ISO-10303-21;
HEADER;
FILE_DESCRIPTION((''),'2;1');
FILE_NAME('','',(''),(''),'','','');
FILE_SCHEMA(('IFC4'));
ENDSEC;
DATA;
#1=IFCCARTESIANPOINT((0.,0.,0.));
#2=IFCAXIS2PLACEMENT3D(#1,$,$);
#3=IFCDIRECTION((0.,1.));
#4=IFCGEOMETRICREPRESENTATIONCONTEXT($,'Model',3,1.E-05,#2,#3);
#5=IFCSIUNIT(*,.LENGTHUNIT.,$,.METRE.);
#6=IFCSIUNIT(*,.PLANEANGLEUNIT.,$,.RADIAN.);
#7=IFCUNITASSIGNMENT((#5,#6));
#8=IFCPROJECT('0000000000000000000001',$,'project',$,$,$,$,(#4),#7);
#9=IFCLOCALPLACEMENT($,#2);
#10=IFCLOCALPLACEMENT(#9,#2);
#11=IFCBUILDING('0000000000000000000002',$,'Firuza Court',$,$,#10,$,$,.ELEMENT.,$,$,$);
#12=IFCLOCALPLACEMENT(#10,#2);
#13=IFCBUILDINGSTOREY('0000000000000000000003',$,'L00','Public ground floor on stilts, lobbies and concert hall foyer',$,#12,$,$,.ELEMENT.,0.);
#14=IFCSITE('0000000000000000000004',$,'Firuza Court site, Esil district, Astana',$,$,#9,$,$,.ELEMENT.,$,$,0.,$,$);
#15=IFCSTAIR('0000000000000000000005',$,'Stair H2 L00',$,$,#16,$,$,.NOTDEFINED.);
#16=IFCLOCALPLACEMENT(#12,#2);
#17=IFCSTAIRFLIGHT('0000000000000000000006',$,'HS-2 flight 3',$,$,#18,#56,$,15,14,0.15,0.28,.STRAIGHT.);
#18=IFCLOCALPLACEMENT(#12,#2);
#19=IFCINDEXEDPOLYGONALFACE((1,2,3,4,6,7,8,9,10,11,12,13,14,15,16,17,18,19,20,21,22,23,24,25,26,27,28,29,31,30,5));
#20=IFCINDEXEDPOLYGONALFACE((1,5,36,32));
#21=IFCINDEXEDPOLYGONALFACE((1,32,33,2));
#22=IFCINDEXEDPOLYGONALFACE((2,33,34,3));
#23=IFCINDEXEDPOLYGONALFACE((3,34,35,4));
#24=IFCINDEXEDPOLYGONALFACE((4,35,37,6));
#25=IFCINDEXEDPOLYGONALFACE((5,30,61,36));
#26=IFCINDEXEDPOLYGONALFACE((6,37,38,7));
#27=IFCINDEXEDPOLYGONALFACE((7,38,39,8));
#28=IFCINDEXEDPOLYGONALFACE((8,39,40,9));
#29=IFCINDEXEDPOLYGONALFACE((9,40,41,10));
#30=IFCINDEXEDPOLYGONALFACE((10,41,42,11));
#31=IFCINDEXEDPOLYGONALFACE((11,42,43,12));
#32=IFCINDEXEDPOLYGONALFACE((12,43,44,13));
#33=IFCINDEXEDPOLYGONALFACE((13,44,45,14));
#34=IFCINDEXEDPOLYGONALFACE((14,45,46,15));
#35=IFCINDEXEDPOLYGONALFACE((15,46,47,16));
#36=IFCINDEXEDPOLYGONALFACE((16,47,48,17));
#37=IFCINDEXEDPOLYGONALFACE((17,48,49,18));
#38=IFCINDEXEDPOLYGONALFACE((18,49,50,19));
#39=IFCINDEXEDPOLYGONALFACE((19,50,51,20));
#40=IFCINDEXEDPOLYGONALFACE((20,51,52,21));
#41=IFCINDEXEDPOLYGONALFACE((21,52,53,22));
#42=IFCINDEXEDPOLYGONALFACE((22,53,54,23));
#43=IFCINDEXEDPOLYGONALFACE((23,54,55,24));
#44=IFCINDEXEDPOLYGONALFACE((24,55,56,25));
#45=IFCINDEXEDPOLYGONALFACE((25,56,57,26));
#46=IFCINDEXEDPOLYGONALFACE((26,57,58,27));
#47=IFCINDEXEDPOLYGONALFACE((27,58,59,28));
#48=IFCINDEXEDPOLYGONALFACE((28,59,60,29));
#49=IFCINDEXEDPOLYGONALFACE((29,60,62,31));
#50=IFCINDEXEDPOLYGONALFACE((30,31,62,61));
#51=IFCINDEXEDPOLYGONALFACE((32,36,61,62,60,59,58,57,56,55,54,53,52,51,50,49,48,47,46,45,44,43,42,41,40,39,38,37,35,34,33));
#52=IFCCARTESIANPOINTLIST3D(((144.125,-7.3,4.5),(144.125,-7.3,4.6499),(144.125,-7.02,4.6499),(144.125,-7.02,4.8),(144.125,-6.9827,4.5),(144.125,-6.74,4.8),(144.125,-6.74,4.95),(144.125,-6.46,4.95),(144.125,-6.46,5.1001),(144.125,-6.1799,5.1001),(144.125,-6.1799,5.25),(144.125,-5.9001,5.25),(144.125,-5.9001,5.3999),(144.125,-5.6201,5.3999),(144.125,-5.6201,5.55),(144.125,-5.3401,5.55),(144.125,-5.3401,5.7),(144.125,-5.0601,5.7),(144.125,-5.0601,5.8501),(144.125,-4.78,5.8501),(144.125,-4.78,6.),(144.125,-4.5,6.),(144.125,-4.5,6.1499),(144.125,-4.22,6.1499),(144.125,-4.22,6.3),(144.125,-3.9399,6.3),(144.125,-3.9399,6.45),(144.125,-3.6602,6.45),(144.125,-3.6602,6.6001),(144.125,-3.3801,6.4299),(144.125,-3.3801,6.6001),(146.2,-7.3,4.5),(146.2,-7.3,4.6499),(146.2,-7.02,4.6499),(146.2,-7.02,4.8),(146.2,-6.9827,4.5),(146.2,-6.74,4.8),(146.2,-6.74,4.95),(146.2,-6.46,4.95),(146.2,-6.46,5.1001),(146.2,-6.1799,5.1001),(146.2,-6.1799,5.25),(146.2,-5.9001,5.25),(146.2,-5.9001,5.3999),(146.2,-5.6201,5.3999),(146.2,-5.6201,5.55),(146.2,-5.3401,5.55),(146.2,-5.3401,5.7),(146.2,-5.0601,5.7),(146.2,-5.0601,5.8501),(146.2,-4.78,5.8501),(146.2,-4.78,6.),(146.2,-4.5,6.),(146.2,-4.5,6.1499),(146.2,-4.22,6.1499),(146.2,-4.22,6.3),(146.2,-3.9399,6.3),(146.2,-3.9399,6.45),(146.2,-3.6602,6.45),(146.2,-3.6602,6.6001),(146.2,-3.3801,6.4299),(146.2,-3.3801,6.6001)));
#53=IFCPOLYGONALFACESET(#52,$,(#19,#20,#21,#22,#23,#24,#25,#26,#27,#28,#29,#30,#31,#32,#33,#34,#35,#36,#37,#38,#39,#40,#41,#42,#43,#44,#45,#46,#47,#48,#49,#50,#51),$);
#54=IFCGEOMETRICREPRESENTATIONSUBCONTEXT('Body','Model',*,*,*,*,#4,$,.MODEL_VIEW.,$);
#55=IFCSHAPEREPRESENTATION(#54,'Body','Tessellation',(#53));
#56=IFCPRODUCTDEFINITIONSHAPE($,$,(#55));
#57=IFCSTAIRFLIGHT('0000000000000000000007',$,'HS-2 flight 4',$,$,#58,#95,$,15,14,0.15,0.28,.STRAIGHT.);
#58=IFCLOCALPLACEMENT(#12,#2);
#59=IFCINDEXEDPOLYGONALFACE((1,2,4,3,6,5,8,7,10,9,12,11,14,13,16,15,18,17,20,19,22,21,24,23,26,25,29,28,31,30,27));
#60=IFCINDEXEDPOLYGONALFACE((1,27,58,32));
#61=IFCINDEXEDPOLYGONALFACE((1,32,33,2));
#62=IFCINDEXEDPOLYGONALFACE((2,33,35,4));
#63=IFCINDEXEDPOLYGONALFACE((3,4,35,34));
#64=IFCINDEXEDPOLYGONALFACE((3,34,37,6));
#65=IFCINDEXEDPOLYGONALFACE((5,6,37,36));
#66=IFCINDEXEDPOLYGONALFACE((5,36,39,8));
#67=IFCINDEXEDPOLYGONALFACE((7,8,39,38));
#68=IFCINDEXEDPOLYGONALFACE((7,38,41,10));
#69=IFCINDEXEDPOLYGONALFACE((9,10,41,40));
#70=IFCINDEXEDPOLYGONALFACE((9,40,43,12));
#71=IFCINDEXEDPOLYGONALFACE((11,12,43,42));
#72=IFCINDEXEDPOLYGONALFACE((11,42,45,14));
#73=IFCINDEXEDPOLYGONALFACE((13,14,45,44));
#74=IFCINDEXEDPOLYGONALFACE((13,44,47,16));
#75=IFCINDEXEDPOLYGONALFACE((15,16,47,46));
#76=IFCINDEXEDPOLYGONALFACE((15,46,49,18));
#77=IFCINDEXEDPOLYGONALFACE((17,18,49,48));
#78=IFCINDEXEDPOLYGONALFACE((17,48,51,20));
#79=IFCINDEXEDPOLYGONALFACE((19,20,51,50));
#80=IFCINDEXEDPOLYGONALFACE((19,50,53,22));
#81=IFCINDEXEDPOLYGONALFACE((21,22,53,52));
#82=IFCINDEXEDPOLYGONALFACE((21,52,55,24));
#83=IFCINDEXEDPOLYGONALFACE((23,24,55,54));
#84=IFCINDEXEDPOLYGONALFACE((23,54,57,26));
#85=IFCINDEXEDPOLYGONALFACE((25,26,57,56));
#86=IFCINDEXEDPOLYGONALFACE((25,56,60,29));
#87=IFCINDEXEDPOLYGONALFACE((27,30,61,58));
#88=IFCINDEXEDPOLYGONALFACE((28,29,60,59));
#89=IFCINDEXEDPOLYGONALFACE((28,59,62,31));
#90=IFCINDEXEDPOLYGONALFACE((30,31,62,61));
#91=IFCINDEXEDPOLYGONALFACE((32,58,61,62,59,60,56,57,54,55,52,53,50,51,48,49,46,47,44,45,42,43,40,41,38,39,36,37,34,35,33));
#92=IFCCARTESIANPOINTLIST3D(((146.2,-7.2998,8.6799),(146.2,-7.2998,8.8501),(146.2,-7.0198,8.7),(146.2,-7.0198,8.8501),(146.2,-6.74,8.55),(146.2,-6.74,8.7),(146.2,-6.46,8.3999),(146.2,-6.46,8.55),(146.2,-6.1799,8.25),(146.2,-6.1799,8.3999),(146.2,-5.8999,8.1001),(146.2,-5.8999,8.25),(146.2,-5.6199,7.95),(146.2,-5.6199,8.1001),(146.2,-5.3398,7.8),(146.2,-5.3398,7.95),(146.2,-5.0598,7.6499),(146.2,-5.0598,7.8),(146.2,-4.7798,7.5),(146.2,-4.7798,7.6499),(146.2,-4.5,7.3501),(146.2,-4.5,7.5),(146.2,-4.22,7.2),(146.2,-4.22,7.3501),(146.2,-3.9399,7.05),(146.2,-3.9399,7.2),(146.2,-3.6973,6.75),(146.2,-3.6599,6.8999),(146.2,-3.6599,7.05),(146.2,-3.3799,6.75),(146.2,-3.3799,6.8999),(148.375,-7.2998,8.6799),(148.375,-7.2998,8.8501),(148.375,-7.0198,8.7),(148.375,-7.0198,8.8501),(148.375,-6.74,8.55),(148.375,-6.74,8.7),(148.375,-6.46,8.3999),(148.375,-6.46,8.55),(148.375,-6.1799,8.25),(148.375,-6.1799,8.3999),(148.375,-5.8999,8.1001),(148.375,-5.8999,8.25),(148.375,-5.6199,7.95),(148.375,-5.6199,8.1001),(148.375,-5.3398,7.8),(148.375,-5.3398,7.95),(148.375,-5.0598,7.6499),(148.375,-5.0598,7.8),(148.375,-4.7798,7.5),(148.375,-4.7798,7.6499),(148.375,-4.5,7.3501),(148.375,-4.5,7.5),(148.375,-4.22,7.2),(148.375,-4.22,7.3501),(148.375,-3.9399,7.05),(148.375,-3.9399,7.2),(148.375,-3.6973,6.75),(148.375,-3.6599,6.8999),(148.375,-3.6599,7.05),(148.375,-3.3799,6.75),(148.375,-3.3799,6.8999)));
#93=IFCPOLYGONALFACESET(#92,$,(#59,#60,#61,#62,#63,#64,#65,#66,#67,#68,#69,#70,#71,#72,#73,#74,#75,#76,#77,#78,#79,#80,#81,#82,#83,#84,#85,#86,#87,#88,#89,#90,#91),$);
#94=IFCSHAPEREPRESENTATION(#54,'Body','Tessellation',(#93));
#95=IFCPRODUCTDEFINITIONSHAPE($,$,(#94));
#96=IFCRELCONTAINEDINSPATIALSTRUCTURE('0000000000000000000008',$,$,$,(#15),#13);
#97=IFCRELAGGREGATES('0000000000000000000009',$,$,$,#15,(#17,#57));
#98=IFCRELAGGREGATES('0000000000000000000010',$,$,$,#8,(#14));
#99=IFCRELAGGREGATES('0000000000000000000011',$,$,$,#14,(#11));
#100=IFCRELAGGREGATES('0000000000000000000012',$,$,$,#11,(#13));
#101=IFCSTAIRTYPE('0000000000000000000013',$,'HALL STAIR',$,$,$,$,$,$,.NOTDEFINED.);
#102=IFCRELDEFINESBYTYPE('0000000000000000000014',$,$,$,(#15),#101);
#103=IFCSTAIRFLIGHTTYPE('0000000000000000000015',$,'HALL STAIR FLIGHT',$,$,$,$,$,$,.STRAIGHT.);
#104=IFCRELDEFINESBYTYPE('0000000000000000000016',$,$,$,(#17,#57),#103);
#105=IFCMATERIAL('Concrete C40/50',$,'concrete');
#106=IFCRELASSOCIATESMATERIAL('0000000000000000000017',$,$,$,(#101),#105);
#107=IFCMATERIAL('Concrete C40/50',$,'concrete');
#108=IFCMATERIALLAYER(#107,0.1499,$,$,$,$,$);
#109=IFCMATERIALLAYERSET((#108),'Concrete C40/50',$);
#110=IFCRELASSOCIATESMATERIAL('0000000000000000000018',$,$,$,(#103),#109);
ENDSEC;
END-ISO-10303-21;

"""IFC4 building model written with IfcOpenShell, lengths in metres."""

from ifc_helpers import new_model, si_unit, direction, frame, origin, place, context, subcontext, project, spatial, polyline, outline, extrude, material, layer, layer_set, type_object, element, aggregate, save


model = new_model("IFC4")

# Units and contexts
model_context = context("Model", 3, precision=1e-05, world=origin(), true_north=direction((0.0, 1.0)))
body_context = subcontext(model_context, "Body", "Model", "MODEL_VIEW")
ifc_project = project(units=[si_unit("LENGTHUNIT", "METRE"), si_unit("PLANEANGLEUNIT", "RADIAN")], contexts=[model_context])

# Site, building, storey
site_placement = place(None, origin())
site = spatial("IfcSite", under=ifc_project, at=site_placement, Name="Firuza Court site, Esil district, Astana", CompositionType="ELEMENT", RefElevation=0.0)
building_placement = place(site_placement, origin())
building = spatial("IfcBuilding", under=site, at=building_placement, Name="Firuza Court", CompositionType="ELEMENT")
storey_placement = place(building_placement, origin())
storey = spatial("IfcBuildingStorey", under=building, at=storey_placement, Name="L00", Description="Public ground floor on stilts, lobbies and concert hall foyer", CompositionType="ELEMENT", Elevation=0.0)

# Shared definitions
ifc_material_1 = material(Name="Concrete C40/50", Category="concrete")

# Stair, stair flights
ifc_material_2 = material(Name="Concrete C40/50", Category="concrete")
stair_type = type_object("IfcStairType", Name="HALL STAIR", PredefinedType="NOTDEFINED", material=ifc_material_2)
stair_placement = place(storey_placement, origin())
stair = element("IfcStair", 1, at=stair_placement, inside=storey, type_object=stair_type, Name="Stair H2 L00", PredefinedType="NOTDEFINED")
ifc_layer_1 = layer(ifc_material_1, 0.1499)
ifc_layer_set_1 = layer_set([ifc_layer_1], Name="Concrete C40/50")
stair_flight_type = type_object("IfcStairFlightType", Name="HALL STAIR FLIGHT", PredefinedType="STRAIGHT", material=ifc_layer_set_1)
stair_flight_1_placement = place(storey_placement, frame((145.1626, -7.3, 4.5), z_axis=(0.0, 0.0, 1.0), x_axis=(0.0, 1.0, 0.0)))
stair_flight_1 = element("IfcStairFlight", 2, at=stair_flight_1_placement, type_object=stair_flight_type, Name="HS-2 flight 3", NumberOfRisers=15, NumberOfTreads=14, PredefinedType="STRAIGHT", RiserHeight=0.15, TreadLength=0.28, context=body_context, shape_type="SweptSolid", body=[
    extrude(outline(polyline([(0.0, 0.0), (0.0, 0.1499), (0.28, 0.1499), (0.28, 0.3), (0.5601, 0.3), (0.5601, 0.45), (0.8401, 0.45), (0.8401, 0.6001), (1.1201, 0.6001), (1.1201, 0.75), (1.3999, 0.75), (1.3999, 0.8999), (1.6799, 0.8999), (1.6799, 1.05), (1.96, 1.05), (1.96, 1.2), (2.24, 1.2), (2.24, 1.3501), (2.52, 1.3501), (2.52, 1.5), (2.8, 1.5), (2.8, 1.6499), (3.0801, 1.6499), (3.0801, 1.8), (3.3601, 1.8), (3.3601, 1.95), (3.6399, 1.95), (3.6399, 2.1001), (3.9199, 2.1001), (3.9199, 2.25), (3.9199, 1.9299), (0.3174, 0.0), (0.0, 0.0)])), frame((0.0, 1.0376, 0.0), z_axis=(0.0, -1.0, 0.0), x_axis=(1.0, 0.0, 0.0)), (0.0, 0.0, 1.0), 2.075),
])
stair_flight_2_placement = place(storey_placement, frame((147.2876, -3.3799, 6.75), z_axis=(0.0, 0.0, 1.0), x_axis=(0.0, -1.0, 0.0)))
stair_flight_2 = element("IfcStairFlight", 3, at=stair_flight_2_placement, type_object=stair_flight_type, Name="HS-2 flight 4", NumberOfRisers=15, NumberOfTreads=14, PredefinedType="STRAIGHT", RiserHeight=0.15, TreadLength=0.28, context=body_context, shape_type="SweptSolid", body=[
    extrude(outline(polyline([(0.0, 0.0), (0.0, 0.1499), (0.28, 0.1499), (0.28, 0.3), (0.5601, 0.3), (0.5601, 0.45), (0.8401, 0.45), (0.8401, 0.6001), (1.1201, 0.6001), (1.1201, 0.75), (1.3999, 0.75), (1.3999, 0.8999), (1.6799, 0.8999), (1.6799, 1.05), (1.96, 1.05), (1.96, 1.2), (2.24, 1.2), (2.24, 1.3501), (2.52, 1.3501), (2.52, 1.5), (2.8, 1.5), (2.8, 1.6499), (3.0801, 1.6499), (3.0801, 1.8), (3.3601, 1.8), (3.3601, 1.95), (3.6399, 1.95), (3.6399, 2.1001), (3.9199, 2.1001), (3.9199, 2.25), (3.9199, 1.9299), (0.3174, 0.0), (0.0, 0.0)])), frame((0.0, 1.0874, 0.0), z_axis=(0.0, -1.0, 0.0), x_axis=(1.0, 0.0, 0.0)), (0.0, 0.0, 1.0), 2.175),
])
aggregate(stair, [stair_flight_1, stair_flight_2])

save(model, "model.ifc")
